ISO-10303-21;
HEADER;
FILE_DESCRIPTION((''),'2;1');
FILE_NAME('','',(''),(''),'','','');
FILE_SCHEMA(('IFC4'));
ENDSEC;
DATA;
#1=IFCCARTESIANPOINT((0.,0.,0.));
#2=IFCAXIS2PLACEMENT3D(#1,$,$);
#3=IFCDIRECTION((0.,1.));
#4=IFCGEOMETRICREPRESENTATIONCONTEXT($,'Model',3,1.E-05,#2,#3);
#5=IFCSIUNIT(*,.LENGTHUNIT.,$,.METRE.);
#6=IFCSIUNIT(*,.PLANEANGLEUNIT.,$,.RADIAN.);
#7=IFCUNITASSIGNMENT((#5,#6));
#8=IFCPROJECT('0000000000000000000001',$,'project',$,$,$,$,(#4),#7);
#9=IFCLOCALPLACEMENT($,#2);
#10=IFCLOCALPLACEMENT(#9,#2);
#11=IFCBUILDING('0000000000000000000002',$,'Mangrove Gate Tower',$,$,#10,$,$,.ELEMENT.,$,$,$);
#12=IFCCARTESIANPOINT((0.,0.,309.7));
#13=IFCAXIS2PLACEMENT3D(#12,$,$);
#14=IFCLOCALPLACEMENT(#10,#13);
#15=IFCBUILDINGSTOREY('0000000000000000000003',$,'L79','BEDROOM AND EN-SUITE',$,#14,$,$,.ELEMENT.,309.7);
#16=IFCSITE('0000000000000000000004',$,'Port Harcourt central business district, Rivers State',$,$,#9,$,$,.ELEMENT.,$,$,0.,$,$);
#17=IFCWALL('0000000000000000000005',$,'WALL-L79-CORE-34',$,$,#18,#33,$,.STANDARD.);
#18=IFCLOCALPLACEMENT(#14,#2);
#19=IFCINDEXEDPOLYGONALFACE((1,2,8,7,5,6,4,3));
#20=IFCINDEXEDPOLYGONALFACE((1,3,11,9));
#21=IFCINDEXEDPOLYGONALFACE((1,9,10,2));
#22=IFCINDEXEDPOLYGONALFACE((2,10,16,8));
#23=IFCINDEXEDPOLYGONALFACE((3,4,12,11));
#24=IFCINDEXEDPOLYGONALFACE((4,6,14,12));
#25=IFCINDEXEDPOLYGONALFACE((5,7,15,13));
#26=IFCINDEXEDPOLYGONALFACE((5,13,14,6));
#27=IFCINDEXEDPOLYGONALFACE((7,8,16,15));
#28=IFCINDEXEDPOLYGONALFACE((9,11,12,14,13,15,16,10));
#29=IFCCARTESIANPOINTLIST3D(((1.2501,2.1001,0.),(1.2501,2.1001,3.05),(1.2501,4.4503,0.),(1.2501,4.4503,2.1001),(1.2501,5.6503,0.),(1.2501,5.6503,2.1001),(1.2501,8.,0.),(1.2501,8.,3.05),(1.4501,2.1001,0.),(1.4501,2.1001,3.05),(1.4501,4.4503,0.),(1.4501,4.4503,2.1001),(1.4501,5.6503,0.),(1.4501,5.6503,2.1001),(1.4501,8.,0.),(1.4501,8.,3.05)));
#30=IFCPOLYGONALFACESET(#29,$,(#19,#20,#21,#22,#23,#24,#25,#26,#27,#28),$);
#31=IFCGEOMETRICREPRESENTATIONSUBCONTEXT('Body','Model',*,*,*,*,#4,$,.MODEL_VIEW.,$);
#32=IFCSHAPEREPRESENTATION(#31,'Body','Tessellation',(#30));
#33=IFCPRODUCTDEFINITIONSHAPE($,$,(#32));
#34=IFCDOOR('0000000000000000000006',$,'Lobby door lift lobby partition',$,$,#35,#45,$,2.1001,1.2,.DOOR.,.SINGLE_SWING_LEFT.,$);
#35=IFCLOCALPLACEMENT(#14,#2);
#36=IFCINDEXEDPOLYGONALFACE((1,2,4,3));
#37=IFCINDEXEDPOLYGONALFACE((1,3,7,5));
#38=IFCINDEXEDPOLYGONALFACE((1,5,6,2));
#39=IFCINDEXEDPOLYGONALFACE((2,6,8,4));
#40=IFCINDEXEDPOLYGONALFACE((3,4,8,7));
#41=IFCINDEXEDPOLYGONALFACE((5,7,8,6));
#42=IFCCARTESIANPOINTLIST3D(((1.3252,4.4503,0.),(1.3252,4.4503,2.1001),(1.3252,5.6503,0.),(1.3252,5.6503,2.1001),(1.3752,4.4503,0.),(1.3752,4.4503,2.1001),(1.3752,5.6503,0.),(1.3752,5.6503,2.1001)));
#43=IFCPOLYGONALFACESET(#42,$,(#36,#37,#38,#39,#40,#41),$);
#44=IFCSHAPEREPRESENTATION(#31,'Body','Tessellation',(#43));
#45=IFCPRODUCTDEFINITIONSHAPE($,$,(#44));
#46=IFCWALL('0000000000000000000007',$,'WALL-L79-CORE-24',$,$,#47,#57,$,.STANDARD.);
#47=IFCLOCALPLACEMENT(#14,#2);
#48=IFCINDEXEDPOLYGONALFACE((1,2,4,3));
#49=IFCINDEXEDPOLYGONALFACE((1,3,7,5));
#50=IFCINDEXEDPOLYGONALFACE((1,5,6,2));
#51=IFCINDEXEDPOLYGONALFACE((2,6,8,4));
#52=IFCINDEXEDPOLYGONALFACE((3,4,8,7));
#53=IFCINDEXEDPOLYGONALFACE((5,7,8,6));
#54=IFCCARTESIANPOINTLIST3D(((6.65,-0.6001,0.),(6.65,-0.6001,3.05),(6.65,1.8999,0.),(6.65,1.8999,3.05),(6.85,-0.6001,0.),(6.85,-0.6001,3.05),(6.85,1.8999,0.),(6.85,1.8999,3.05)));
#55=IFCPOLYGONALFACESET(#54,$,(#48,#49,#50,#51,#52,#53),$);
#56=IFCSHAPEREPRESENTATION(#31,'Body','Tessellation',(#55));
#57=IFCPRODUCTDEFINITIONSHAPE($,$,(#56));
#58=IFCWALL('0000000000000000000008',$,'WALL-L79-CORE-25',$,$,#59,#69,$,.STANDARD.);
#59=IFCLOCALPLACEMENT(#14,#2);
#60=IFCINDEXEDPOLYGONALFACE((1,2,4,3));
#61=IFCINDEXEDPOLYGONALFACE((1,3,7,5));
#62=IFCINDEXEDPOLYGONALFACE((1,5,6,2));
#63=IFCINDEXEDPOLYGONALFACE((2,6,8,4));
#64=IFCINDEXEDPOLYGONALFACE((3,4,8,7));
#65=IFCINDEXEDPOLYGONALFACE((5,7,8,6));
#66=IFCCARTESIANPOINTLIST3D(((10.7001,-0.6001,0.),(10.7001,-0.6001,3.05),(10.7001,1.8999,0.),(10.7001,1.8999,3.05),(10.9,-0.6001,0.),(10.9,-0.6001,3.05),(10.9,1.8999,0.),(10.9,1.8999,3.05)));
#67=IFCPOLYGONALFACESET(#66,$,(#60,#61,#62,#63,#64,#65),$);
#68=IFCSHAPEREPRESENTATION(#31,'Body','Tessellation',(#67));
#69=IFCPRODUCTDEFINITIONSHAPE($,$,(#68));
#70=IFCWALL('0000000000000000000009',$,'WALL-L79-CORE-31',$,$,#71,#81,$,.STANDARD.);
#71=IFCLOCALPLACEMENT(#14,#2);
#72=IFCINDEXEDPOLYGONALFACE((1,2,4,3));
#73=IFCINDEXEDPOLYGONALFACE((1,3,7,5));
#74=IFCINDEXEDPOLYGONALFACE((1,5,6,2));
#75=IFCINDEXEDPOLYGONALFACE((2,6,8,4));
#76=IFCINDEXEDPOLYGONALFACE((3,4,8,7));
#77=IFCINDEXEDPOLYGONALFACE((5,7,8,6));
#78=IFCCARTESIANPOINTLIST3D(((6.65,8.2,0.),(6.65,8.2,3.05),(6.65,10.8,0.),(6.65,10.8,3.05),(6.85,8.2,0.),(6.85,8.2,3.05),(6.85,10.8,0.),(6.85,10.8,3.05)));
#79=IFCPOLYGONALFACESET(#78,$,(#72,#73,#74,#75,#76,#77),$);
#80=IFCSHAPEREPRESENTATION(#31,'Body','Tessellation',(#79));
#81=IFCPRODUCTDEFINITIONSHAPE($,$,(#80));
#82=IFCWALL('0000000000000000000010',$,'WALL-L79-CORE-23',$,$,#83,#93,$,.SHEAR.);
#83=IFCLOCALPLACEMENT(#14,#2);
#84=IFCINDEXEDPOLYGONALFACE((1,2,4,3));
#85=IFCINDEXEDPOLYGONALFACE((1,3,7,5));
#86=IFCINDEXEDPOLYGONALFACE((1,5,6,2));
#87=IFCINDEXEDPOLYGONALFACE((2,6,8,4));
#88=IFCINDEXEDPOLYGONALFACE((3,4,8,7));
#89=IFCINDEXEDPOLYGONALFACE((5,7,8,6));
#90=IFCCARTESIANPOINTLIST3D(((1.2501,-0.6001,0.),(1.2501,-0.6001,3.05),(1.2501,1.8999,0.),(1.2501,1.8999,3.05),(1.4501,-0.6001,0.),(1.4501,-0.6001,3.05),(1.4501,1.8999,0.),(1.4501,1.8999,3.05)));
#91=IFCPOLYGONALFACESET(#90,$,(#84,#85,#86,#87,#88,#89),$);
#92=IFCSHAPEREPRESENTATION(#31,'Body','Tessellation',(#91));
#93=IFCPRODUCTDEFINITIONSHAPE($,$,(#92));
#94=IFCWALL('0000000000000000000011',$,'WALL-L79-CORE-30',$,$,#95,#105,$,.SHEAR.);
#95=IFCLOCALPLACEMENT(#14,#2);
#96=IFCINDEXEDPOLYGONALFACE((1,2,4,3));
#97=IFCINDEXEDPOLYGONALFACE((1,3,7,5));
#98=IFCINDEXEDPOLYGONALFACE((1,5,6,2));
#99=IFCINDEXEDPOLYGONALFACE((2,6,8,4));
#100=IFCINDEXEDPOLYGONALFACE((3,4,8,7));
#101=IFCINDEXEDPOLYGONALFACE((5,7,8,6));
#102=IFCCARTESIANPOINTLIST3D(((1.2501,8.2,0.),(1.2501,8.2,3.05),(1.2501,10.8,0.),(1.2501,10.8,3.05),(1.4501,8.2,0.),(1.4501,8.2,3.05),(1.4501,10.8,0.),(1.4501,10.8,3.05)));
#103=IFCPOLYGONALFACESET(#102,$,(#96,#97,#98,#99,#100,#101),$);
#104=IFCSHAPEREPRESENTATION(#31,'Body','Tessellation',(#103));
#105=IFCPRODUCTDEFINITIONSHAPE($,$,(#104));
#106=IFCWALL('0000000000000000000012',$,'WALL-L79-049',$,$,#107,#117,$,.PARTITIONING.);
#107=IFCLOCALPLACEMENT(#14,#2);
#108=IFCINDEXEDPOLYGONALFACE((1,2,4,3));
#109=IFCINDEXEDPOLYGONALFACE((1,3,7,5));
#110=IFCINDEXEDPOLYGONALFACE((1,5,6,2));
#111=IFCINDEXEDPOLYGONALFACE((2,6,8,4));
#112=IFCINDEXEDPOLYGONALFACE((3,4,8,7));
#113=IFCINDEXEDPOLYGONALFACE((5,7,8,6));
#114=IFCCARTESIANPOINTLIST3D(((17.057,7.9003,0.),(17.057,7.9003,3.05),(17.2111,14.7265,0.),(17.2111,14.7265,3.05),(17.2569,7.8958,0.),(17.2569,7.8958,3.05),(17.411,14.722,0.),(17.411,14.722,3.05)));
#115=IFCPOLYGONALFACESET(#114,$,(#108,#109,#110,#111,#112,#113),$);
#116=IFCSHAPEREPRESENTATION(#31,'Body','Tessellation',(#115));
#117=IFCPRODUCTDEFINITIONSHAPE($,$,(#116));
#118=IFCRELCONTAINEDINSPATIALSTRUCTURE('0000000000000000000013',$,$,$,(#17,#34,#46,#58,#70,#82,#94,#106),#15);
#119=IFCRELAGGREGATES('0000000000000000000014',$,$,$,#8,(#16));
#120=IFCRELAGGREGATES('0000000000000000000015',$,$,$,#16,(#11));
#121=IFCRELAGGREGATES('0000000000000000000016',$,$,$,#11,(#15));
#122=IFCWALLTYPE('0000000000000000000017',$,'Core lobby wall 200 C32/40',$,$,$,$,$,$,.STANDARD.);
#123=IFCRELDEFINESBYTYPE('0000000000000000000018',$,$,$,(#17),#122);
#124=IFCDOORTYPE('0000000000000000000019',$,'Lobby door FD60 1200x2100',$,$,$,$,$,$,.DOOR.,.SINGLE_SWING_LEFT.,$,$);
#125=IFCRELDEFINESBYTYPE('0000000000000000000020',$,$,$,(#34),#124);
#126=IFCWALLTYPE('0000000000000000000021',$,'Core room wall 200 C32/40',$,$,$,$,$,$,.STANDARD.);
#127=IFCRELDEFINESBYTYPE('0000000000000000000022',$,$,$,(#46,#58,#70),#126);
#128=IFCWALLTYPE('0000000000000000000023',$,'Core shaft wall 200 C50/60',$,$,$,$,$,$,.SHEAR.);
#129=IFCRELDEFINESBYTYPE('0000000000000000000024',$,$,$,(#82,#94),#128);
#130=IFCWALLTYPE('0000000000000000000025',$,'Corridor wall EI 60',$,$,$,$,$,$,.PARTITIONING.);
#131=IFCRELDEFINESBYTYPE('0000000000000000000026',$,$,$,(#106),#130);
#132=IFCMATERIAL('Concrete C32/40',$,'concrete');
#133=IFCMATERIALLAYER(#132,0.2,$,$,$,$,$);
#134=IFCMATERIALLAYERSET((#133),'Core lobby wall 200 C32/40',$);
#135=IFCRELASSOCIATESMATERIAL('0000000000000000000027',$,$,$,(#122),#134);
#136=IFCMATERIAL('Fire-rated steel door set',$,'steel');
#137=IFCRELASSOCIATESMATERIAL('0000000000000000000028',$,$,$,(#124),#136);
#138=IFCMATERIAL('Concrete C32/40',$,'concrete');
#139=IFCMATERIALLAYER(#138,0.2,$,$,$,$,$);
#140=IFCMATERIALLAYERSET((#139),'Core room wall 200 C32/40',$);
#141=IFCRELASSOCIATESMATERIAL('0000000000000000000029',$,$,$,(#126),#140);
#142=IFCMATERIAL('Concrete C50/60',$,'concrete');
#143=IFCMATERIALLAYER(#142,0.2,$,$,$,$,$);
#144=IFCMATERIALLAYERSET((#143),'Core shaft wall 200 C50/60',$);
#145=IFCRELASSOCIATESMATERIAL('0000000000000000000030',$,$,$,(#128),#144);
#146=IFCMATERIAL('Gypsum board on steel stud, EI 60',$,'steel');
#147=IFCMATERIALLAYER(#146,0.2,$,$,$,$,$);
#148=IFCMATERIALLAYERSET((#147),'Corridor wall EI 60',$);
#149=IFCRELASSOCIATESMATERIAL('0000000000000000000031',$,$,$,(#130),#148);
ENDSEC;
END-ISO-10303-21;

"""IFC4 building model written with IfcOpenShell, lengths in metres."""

from ifc_helpers import new_model, si_unit, direction, frame, frame_2d, origin, place, context, subcontext, project, spatial, rectangle, extrude, material, layer, layer_set, type_object, element, fill, save


model = new_model("IFC4")

# Units and contexts
model_context = context("Model", 3, precision=1e-05, world=origin(), true_north=direction((0.0, 1.0)))
body_context = subcontext(model_context, "Body", "Model", "MODEL_VIEW")
ifc_project = project(units=[si_unit("LENGTHUNIT", "METRE"), si_unit("PLANEANGLEUNIT", "RADIAN")], contexts=[model_context])

# Site, building, storey
site_placement = place(None, origin())
site = spatial("IfcSite", under=ifc_project, at=site_placement, Name="Port Harcourt central business district, Rivers State", CompositionType="ELEMENT", RefElevation=0.0)
building_placement = place(site_placement, origin())
building = spatial("IfcBuilding", under=site, at=building_placement, Name="Mangrove Gate Tower", CompositionType="ELEMENT")
storey_placement = place(building_placement, frame((0.0, 0.0, 309.7)))
storey = spatial("IfcBuildingStorey", under=building, at=storey_placement, Name="L79", Description="BEDROOM AND EN-SUITE", CompositionType="ELEMENT", Elevation=309.7)

# Wall, opening, door
ifc_material_1 = material(Name="Concrete C32/40", Category="concrete")
ifc_layer_1 = layer(ifc_material_1, 0.2)
ifc_layer_set_1 = layer_set([ifc_layer_1], Name="Core lobby wall 200 C32/40")
wall_type_1 = type_object("IfcWallType", Name="Core lobby wall 200 C32/40", PredefinedType="STANDARD", material=ifc_layer_set_1)
wall_1_placement = place(storey_placement, frame((1.3501, 2.1001, 0.0), z_axis=(0.0, 0.0, 1.0), x_axis=(0.0, 1.0, 0.0)))
wall_1 = element("IfcWall", 1, at=wall_1_placement, inside=storey, type_object=wall_type_1, Name="WALL-L79-CORE-34", PredefinedType="STANDARD", context=body_context, shape_type="SweptSolid", body=[
    extrude(rectangle(XDim=5.8999, YDim=0.2, at=frame_2d((2.95, 0.0))), origin(), (0.0, 0.0, 1.0), 3.05),
])
opening_placement = place(wall_1_placement, frame((2.3501, 0.0, 0.0)))
opening = element("IfcOpeningElement", 2, at=opening_placement, cuts=wall_1, PredefinedType="OPENING", context=body_context, shape_type="SweptSolid", body=[
    extrude(rectangle(XDim=1.2, YDim=2.1001, at=frame_2d((0.6001, 1.05))), frame((0.0, 0.1099, 0.0), z_axis=(0.0, -1.0, 0.0), x_axis=(1.0, 0.0, 0.0)), (0.0, 0.0, 1.0), 0.22),
])
ifc_material_2 = material(Name="Fire-rated steel door set", Category="steel")
door_type = type_object("IfcDoorType", Name="Lobby door FD60 1200x2100", OperationType="SINGLE_SWING_LEFT", PredefinedType="DOOR", material=ifc_material_2)
door_placement = place(opening_placement, origin())
door = element("IfcDoor", 3, at=door_placement, inside=storey, type_object=door_type, Name="Lobby door lift lobby partition", OperationType="SINGLE_SWING_LEFT", OverallHeight=2.1001, OverallWidth=1.2, PredefinedType="DOOR", context=body_context, shape_type="SweptSolid", body=[
    extrude(rectangle(XDim=1.2, YDim=2.1001, at=frame_2d((0.6001, 1.05))), frame((0.0, 0.0249, 0.0), z_axis=(0.0, -1.0, 0.0), x_axis=(1.0, 0.0, 0.0)), (0.0, 0.0, 1.0), 0.05),
])
fill(opening, door)

# Walls
ifc_material_3 = material(Name="Concrete C32/40", Category="concrete")
ifc_layer_2 = layer(ifc_material_3, 0.2)
ifc_layer_set_2 = layer_set([ifc_layer_2], Name="Core room wall 200 C32/40")
wall_type_2 = type_object("IfcWallType", Name="Core room wall 200 C32/40", PredefinedType="STANDARD", material=ifc_layer_set_2)
for number, where, z_axis, x_axis, name in (
    (4, (6.75, -0.6001, 0.0), (0.0, 0.0, 1.0), (0.0, 1.0, 0.0), "WALL-L79-CORE-24"),
    (5, (10.8, -0.6001, 0.0), (0.0, 0.0, 1.0), (0.0, 1.0, 0.0), "WALL-L79-CORE-25"),
):
    element("IfcWall", number, at=place(storey_placement, frame(where, z_axis=z_axis, x_axis=x_axis)), inside=storey, type_object=wall_type_2, Name=name, PredefinedType="STANDARD", context=body_context, shape_type="SweptSolid", body=[
        extrude(rectangle(XDim=2.5, YDim=0.2, at=frame_2d((1.25, 0.0))), origin(), (0.0, 0.0, 1.0), 3.05),
    ])
wall_2_placement = place(storey_placement, frame((6.75, 8.2, 0.0), z_axis=(0.0, 0.0, 1.0), x_axis=(0.0, 1.0, 0.0)))
element("IfcWall", 6, at=wall_2_placement, inside=storey, type_object=wall_type_2, Name="WALL-L79-CORE-31", PredefinedType="STANDARD", context=body_context, shape_type="SweptSolid", body=[
    extrude(rectangle(XDim=2.6001, YDim=0.2, at=frame_2d((1.3, 0.0))), origin(), (0.0, 0.0, 1.0), 3.05),
])
ifc_material_4 = material(Name="Concrete C50/60", Category="concrete")
ifc_layer_3 = layer(ifc_material_4, 0.2)
ifc_layer_set_3 = layer_set([ifc_layer_3], Name="Core shaft wall 200 C50/60")
wall_type_3 = type_object("IfcWallType", Name="Core shaft wall 200 C50/60", PredefinedType="SHEAR", material=ifc_layer_set_3)
wall_3_placement = place(storey_placement, frame((1.3501, -0.6001, 0.0), z_axis=(0.0, 0.0, 1.0), x_axis=(0.0, 1.0, 0.0)))
element("IfcWall", 7, at=wall_3_placement, inside=storey, type_object=wall_type_3, Name="WALL-L79-CORE-23", PredefinedType="SHEAR", context=body_context, shape_type="SweptSolid", body=[
    extrude(rectangle(XDim=2.5, YDim=0.2, at=frame_2d((1.25, 0.0))), origin(), (0.0, 0.0, 1.0), 3.05),
])
wall_4_placement = place(storey_placement, frame((1.3501, 8.2, 0.0), z_axis=(0.0, 0.0, 1.0), x_axis=(0.0, 1.0, 0.0)))
element("IfcWall", 8, at=wall_4_placement, inside=storey, type_object=wall_type_3, Name="WALL-L79-CORE-30", PredefinedType="SHEAR", context=body_context, shape_type="SweptSolid", body=[
    extrude(rectangle(XDim=2.6001, YDim=0.2, at=frame_2d((1.3, 0.0))), origin(), (0.0, 0.0, 1.0), 3.05),
])
ifc_material_5 = material(Name="Gypsum board on steel stud, EI 60", Category="steel")
ifc_layer_4 = layer(ifc_material_5, 0.2)
ifc_layer_set_4 = layer_set([ifc_layer_4], Name="Corridor wall EI 60")
wall_type_4 = type_object("IfcWallType", Name="Corridor wall EI 60", PredefinedType="PARTITIONING", material=ifc_layer_set_4)
wall_5_placement = place(storey_placement, frame((17.157, 7.8979, 0.0), z_axis=(0.0, 0.0, 1.0), x_axis=(0.022562, 0.999745, 0.0)))
element("IfcWall", 9, at=wall_5_placement, inside=storey, type_object=wall_type_4, Name="WALL-L79-049", PredefinedType="PARTITIONING", context=body_context, shape_type="SweptSolid", body=[
    extrude(rectangle(XDim=6.8279, YDim=0.2, at=frame_2d((3.4141, 0.0))), origin(), (0.0, 0.0, 1.0), 3.05),
])

save(model, "model.ifc")
